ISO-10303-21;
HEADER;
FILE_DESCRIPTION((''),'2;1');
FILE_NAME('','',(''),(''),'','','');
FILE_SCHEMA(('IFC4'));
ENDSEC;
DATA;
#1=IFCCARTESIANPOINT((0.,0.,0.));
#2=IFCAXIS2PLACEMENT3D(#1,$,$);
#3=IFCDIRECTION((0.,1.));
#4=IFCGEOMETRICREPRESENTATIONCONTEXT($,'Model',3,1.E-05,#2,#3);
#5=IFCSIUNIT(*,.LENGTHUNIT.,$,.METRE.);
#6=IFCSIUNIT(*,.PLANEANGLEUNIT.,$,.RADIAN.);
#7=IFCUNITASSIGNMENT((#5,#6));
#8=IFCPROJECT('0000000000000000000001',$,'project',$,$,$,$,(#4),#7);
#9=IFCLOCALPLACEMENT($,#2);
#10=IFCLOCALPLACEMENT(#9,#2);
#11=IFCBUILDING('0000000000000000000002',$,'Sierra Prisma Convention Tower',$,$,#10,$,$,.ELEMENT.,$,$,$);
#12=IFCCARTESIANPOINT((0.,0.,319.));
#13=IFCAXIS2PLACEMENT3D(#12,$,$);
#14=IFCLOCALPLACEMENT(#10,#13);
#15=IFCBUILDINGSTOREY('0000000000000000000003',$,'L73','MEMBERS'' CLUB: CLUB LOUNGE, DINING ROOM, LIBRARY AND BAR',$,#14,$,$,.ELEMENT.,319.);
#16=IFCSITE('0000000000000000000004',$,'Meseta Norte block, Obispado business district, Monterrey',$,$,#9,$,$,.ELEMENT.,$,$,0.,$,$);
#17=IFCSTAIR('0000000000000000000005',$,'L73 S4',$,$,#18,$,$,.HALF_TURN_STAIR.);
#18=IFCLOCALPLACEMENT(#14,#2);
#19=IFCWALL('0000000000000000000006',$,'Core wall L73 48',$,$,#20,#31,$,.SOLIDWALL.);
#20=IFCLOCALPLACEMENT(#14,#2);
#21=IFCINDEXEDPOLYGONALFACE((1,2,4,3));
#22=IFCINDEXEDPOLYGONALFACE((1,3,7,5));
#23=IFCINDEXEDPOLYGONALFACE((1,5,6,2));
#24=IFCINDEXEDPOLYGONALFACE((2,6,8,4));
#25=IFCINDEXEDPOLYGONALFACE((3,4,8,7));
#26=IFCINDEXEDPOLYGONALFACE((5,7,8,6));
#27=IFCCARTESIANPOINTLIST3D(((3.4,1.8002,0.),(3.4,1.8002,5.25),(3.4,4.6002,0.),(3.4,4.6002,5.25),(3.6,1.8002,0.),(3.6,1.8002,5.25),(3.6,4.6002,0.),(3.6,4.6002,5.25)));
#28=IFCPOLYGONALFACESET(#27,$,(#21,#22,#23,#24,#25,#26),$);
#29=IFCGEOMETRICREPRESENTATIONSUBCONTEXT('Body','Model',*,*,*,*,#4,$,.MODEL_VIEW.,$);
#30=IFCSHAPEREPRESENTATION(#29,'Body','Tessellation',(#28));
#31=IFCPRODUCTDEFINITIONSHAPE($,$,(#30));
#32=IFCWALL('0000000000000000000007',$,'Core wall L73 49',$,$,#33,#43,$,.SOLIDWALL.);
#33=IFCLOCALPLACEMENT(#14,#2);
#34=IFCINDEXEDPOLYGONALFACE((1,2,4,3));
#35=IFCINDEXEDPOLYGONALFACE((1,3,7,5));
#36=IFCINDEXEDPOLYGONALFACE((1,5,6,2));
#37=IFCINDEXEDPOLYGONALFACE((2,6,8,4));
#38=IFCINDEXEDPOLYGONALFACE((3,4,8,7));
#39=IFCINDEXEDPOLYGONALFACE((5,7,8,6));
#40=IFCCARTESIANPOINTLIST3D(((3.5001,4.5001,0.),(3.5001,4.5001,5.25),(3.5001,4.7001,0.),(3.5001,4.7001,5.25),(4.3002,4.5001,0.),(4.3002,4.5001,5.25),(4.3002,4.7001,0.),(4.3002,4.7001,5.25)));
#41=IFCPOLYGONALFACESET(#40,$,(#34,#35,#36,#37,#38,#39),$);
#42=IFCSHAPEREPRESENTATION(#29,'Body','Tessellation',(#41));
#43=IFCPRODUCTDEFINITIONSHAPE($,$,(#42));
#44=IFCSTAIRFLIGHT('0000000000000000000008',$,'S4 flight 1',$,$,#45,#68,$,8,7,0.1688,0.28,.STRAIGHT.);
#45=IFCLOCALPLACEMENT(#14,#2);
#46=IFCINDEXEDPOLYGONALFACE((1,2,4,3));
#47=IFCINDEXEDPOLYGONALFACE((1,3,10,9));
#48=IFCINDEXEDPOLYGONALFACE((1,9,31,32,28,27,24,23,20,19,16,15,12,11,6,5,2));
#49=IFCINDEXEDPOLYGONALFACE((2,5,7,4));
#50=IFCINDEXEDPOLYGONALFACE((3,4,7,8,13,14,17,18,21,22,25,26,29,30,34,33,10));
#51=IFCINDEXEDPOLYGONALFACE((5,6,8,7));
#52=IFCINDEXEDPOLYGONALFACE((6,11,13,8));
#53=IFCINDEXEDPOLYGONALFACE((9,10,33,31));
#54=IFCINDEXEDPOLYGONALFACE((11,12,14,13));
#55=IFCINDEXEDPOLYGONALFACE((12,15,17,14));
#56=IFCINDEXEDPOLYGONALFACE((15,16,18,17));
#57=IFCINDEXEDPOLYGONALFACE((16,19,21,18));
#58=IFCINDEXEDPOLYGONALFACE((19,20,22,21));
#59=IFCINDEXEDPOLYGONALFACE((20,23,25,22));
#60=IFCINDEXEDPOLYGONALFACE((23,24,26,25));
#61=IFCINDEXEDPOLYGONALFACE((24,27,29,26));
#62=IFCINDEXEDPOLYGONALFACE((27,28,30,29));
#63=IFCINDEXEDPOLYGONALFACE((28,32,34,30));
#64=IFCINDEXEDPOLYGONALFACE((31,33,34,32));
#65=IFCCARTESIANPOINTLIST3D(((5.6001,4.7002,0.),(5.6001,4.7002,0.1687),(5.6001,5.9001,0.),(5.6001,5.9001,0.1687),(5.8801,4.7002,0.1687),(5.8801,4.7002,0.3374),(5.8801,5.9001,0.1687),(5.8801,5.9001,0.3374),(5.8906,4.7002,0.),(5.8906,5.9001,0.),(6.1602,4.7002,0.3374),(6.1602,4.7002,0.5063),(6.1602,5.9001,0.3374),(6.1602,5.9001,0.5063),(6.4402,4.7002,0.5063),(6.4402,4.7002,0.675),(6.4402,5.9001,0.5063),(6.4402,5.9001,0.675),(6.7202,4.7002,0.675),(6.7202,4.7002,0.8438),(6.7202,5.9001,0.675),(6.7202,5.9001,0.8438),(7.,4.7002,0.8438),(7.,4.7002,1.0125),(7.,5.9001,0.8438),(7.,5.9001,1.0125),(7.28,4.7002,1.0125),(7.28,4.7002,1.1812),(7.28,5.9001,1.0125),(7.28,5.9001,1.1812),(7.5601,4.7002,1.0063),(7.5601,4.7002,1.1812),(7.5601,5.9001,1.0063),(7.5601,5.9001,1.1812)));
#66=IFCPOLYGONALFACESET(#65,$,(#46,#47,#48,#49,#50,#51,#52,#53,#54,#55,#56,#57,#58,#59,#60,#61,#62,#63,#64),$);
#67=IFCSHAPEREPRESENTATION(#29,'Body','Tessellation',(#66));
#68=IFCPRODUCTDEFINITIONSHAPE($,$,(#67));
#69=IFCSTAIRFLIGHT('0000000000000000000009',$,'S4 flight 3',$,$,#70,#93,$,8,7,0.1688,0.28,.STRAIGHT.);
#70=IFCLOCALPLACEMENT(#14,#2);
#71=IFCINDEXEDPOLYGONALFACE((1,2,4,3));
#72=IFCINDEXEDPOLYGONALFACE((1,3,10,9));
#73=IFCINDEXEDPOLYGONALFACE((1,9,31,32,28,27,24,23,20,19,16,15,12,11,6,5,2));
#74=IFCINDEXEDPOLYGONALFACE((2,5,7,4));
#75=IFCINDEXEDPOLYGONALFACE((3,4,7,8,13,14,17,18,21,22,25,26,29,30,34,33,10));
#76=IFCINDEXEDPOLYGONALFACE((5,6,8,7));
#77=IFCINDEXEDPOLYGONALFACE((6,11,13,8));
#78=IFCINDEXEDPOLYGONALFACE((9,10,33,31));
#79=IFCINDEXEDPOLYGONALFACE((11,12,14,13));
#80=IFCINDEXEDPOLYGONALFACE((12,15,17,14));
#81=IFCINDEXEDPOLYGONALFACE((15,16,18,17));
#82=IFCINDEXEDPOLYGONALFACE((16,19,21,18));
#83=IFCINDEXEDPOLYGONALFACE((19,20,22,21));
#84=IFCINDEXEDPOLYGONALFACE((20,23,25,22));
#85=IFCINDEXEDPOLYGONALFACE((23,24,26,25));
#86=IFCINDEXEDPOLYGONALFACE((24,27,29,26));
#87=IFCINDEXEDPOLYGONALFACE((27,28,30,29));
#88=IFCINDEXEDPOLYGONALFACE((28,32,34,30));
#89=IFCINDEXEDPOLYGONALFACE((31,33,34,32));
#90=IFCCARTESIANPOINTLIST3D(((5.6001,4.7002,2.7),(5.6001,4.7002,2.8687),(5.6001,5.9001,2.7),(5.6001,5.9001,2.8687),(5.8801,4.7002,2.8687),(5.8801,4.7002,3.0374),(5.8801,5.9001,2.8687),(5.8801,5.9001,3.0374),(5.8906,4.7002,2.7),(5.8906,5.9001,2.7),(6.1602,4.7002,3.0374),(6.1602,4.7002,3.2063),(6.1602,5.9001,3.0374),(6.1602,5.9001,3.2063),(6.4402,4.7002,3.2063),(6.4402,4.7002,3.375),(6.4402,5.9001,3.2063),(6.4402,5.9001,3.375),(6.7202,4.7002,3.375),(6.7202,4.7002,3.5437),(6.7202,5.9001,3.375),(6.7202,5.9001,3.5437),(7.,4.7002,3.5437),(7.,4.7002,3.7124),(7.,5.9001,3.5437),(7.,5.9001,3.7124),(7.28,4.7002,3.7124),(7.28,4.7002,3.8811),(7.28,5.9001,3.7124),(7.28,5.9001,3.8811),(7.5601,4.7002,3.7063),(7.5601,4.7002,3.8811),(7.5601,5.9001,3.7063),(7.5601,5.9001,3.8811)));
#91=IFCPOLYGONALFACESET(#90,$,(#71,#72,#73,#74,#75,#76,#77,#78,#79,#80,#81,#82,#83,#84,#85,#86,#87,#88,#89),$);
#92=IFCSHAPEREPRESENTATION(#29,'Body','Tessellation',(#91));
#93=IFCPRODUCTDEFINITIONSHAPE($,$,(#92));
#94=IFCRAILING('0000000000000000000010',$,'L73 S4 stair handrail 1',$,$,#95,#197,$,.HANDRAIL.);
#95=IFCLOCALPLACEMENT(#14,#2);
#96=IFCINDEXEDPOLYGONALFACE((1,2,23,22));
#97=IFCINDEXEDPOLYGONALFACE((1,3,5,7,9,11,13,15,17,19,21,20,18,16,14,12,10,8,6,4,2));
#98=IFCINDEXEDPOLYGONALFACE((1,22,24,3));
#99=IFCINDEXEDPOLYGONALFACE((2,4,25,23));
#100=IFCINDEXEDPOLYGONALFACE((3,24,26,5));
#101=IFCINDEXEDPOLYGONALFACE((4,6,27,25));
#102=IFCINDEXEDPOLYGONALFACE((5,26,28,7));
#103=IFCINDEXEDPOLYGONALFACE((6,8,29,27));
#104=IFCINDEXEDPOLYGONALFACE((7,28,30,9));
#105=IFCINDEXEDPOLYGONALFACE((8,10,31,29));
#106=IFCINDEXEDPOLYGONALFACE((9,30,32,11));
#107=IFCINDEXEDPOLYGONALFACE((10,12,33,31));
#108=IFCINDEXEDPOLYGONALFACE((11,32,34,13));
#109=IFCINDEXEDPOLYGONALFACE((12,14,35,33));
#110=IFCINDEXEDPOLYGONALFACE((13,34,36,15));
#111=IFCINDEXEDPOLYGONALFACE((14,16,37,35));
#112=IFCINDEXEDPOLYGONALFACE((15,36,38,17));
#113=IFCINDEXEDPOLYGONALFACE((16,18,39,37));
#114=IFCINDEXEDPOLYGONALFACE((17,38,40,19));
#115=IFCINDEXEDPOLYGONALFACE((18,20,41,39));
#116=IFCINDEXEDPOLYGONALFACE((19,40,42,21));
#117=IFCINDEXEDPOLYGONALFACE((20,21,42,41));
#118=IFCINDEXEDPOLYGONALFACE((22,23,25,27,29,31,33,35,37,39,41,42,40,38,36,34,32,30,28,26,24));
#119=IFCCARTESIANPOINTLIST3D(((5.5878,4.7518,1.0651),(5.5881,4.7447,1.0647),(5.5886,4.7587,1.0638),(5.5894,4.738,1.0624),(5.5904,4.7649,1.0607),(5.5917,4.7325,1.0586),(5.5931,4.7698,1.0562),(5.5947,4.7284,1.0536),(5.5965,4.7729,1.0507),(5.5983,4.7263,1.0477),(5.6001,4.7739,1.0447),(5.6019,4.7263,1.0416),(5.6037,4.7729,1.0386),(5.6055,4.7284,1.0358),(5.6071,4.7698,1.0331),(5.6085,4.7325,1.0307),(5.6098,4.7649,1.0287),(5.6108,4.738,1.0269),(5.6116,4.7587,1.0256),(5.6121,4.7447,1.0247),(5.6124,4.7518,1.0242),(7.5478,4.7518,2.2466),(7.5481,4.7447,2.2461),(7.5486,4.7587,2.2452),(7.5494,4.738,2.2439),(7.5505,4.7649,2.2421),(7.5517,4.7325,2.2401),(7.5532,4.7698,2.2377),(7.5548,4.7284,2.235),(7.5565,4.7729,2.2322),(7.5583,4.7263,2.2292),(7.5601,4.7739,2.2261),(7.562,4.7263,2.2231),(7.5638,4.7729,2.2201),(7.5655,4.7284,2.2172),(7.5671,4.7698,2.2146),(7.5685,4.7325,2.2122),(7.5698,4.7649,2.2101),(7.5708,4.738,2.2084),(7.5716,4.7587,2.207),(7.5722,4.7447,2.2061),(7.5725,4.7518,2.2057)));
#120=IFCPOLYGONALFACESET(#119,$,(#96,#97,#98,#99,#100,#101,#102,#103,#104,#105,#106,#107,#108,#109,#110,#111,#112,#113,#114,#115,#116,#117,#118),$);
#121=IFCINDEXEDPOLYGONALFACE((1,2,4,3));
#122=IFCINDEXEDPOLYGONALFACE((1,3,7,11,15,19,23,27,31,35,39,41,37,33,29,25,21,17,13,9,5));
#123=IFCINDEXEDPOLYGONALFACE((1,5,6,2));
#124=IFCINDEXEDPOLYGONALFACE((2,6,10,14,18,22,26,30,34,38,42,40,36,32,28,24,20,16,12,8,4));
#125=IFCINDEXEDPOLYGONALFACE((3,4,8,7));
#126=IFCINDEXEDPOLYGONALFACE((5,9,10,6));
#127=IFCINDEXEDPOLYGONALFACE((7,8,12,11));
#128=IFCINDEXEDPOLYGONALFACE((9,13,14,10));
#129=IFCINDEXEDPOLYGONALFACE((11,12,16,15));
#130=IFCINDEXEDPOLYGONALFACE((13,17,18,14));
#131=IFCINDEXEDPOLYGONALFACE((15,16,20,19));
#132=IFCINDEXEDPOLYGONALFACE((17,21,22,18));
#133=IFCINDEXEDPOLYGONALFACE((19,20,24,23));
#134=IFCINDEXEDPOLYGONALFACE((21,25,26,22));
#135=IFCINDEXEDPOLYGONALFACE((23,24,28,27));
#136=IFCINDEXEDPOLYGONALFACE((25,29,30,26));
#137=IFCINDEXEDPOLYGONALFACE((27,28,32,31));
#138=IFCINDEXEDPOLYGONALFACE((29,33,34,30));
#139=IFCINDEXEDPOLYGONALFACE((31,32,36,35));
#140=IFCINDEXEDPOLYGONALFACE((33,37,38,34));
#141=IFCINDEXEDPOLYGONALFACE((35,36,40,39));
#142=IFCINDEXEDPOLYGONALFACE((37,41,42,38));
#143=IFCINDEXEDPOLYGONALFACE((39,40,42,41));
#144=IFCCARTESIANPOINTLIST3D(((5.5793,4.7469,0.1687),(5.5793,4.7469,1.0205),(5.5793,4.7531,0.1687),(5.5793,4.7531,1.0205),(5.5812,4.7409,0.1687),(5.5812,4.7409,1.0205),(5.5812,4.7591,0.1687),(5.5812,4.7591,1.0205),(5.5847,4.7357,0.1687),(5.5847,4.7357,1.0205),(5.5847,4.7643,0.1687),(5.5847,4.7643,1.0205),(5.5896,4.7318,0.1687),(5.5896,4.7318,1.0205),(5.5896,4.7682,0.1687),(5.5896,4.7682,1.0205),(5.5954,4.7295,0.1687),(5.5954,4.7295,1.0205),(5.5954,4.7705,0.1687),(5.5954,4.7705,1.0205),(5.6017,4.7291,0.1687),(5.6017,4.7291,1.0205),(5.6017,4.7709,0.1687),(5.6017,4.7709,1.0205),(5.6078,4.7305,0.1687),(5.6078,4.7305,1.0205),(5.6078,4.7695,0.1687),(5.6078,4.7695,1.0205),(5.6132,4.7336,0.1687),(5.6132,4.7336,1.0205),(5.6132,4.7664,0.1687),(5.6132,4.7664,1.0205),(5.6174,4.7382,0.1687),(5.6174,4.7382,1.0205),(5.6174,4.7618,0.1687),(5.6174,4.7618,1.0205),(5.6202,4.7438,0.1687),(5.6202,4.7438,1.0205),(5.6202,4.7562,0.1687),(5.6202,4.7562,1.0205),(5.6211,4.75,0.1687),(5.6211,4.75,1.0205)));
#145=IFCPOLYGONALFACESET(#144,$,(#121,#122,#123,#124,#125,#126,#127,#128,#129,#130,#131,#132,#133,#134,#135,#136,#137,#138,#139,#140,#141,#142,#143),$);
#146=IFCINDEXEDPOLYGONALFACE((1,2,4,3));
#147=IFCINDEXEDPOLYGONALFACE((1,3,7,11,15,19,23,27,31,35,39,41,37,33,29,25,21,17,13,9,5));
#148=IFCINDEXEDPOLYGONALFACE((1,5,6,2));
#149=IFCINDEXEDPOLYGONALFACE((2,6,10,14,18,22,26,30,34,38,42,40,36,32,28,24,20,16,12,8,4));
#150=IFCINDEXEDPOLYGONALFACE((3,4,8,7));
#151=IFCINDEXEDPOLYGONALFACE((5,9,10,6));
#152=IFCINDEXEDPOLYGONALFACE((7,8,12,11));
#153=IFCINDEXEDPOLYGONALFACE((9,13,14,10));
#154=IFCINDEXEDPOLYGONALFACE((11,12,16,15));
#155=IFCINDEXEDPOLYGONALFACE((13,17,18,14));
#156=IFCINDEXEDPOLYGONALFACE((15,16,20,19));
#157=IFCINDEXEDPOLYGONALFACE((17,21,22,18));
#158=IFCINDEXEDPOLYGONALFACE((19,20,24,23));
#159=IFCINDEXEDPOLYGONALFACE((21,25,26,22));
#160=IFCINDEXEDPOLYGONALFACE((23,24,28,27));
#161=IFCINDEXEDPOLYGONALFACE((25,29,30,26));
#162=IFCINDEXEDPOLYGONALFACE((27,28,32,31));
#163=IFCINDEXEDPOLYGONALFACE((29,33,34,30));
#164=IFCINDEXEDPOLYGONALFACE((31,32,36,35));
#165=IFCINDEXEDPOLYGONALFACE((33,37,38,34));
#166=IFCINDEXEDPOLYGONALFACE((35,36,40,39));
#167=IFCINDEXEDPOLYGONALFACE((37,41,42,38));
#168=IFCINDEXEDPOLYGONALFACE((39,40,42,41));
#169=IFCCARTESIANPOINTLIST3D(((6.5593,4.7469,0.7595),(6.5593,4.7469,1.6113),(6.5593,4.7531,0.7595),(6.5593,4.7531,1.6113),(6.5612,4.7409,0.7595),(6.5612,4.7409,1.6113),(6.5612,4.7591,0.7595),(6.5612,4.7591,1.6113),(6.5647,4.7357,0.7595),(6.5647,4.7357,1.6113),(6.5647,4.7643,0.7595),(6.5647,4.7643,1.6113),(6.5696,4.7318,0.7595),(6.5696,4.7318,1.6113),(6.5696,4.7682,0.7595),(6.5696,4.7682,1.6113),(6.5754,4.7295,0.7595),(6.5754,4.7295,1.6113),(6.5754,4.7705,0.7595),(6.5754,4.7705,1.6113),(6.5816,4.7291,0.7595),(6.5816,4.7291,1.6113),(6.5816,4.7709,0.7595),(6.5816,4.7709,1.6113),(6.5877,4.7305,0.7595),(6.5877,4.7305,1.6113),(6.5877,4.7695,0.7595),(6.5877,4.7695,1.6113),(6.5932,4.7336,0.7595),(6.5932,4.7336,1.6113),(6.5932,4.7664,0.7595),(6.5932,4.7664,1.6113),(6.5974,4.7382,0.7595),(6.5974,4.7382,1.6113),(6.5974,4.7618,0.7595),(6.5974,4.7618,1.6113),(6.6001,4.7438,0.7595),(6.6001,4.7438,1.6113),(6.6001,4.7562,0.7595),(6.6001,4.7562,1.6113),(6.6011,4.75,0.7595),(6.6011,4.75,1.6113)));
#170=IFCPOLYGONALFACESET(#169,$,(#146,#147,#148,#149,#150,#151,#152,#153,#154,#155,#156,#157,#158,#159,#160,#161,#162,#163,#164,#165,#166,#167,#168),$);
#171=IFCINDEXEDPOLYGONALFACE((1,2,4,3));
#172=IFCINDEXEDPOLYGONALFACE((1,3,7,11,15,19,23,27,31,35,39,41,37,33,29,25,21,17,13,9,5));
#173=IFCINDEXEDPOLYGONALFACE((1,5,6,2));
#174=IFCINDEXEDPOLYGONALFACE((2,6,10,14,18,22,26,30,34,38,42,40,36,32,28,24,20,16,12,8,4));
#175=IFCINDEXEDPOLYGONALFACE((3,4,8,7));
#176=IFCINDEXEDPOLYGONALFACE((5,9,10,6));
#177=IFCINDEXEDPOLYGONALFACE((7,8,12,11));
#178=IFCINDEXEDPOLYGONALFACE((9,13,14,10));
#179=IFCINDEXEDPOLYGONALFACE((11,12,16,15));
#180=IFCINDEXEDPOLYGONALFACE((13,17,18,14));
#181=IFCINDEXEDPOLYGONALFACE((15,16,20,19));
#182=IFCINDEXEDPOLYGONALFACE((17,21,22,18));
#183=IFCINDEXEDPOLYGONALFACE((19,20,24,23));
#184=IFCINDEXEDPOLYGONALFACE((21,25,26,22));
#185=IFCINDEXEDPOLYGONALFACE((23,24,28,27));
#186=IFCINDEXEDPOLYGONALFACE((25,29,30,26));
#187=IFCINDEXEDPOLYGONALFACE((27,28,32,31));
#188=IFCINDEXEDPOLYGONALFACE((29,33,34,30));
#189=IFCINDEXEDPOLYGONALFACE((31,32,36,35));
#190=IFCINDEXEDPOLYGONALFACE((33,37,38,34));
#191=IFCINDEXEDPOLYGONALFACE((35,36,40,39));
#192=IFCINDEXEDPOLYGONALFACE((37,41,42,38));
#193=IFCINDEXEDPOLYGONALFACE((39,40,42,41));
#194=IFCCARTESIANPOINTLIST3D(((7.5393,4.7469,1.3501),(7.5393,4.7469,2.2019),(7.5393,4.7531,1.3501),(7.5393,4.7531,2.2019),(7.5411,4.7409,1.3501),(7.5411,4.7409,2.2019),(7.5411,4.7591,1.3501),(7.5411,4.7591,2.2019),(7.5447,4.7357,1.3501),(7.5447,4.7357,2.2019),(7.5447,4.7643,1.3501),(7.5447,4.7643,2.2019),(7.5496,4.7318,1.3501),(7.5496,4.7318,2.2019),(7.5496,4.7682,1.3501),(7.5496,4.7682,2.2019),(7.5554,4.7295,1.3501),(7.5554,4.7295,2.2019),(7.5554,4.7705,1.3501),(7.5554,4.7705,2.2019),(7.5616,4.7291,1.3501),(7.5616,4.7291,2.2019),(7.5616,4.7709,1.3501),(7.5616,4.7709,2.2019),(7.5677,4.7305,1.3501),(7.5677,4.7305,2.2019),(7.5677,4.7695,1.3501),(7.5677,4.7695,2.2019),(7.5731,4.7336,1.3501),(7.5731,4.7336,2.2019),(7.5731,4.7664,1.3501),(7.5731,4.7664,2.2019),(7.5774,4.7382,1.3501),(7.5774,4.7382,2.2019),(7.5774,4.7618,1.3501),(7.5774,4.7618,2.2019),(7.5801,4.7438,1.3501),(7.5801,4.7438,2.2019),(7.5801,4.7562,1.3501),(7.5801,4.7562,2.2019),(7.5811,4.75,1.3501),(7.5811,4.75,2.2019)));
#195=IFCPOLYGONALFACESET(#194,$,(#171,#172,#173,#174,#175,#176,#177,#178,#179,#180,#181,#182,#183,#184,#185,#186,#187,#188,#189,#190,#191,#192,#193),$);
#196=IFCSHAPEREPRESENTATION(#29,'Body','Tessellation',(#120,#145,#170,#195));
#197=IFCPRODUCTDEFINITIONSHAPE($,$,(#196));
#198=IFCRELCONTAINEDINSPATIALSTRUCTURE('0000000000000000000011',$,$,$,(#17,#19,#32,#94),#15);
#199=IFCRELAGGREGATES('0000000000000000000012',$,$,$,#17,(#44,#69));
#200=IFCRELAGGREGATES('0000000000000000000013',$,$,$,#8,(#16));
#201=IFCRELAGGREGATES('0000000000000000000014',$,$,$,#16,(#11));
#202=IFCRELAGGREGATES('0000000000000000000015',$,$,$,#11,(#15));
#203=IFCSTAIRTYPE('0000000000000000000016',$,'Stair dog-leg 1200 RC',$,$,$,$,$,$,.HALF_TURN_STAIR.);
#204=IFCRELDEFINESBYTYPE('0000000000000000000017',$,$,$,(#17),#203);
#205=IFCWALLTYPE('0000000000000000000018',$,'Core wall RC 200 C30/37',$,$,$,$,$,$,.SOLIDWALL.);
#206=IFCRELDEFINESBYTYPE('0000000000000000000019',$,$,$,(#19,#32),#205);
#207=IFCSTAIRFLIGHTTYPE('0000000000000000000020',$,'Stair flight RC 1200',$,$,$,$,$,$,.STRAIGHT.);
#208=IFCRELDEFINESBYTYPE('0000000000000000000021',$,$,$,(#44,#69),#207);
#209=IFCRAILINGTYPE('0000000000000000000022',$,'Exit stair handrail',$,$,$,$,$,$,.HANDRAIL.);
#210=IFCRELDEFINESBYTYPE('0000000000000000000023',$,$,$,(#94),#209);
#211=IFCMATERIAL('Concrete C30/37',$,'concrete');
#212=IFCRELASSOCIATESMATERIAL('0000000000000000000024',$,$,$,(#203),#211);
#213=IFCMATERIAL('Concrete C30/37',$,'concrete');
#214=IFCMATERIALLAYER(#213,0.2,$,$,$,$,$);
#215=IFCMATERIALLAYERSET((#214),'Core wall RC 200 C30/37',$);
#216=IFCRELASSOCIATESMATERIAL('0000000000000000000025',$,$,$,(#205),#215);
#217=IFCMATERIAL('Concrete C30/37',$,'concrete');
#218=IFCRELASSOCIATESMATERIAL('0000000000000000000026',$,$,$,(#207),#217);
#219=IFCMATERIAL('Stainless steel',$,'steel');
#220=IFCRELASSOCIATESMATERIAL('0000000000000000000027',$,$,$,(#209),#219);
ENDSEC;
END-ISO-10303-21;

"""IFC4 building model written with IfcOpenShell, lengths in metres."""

from ifc_helpers import new_model, si_unit, direction, frame, frame_2d, origin, origin_2d, place, context, subcontext, project, spatial, polyline, rectangle, circle, outline, extrude, material, layer, layer_set, type_object, element, aggregate, save


model = new_model("IFC4")

# Units and contexts
model_context = context("Model", 3, precision=1e-05, world=origin(), true_north=direction((0.0, 1.0)))
body_context = subcontext(model_context, "Body", "Model", "MODEL_VIEW")
ifc_project = project(units=[si_unit("LENGTHUNIT", "METRE"), si_unit("PLANEANGLEUNIT", "RADIAN")], contexts=[model_context])

# Site, building, storey
site_placement = place(None, origin())
site = spatial("IfcSite", under=ifc_project, at=site_placement, Name="Meseta Norte block, Obispado business district, Monterrey", CompositionType="ELEMENT", RefElevation=0.0)
building_placement = place(site_placement, origin())
building = spatial("IfcBuilding", under=site, at=building_placement, Name="Sierra Prisma Convention Tower", CompositionType="ELEMENT")
storey_placement = place(building_placement, frame((0.0, 0.0, 319.0)))
storey = spatial("IfcBuildingStorey", under=building, at=storey_placement, Name="L73", Description="MEMBERS' CLUB: CLUB LOUNGE, DINING ROOM, LIBRARY AND BAR", CompositionType="ELEMENT", Elevation=319.0)

# Shared definitions
ifc_material_1 = material(Name="Concrete C30/37", Category="concrete")
stair_type = type_object("IfcStairType", Name="Stair dog-leg 1200 RC", PredefinedType="HALF_TURN_STAIR", material=ifc_material_1)

# Stair
stair_1_placement = place(storey_placement, origin())
stair_1 = element("IfcStair", 1, at=stair_1_placement, inside=storey, type_object=stair_type, Name="L73 S4", PredefinedType="HALF_TURN_STAIR")

# Shared definitions
ifc_material_2 = material(Name="Concrete C30/37", Category="concrete")
ifc_layer_1 = layer(ifc_material_2, 0.2)
ifc_layer_set_1 = layer_set([ifc_layer_1], Name="Core wall RC 200 C30/37")
wall_type = type_object("IfcWallType", Name="Core wall RC 200 C30/37", PredefinedType="SOLIDWALL", material=ifc_layer_set_1)

# Walls
wall_1_placement = place(storey_placement, frame((3.5, 4.6001, 0.0), z_axis=(0.0, 0.0, 1.0), x_axis=(0.0, -1.0, 0.0)))
element("IfcWall", 2, at=wall_1_placement, inside=storey, type_object=wall_type, Name="Core wall L73 48", PredefinedType="SOLIDWALL", context=body_context, shape_type="SweptSolid", body=[
    extrude(rectangle(XDim=2.8, YDim=0.2, at=frame_2d((1.3999, 0.0))), origin(), (0.0, 0.0, 1.0), 5.25),
])
wall_2_placement = place(storey_placement, frame((4.3, 4.6001, 0.0), z_axis=(0.0, 0.0, 1.0), x_axis=(-1.0, 0.0, 0.0)))
element("IfcWall", 3, at=wall_2_placement, inside=storey, type_object=wall_type, Name="Core wall L73 49", PredefinedType="SOLIDWALL", context=body_context, shape_type="SweptSolid", body=[
    extrude(rectangle(XDim=0.8, YDim=0.2, at=frame_2d((0.3999, 0.0))), origin(), (0.0, 0.0, 1.0), 5.25),
])

# Stair flights
ifc_material_3 = material(Name="Concrete C30/37", Category="concrete")
stair_flight_type = type_object("IfcStairFlightType", Name="Stair flight RC 1200", PredefinedType="STRAIGHT", material=ifc_material_3)
stair_flight_1_placement = place(storey_placement, frame((5.6001, 5.3, 0.0), z_axis=(0.0, 0.0, 1.0), x_axis=(1.0, 0.0, 0.0)))
stair_flight_1 = element("IfcStairFlight", 4, at=stair_flight_1_placement, type_object=stair_flight_type, Name="S4 flight 1", NumberOfRisers=8, NumberOfTreads=7, PredefinedType="STRAIGHT", RiserHeight=0.1688, TreadLength=0.28, context=body_context, shape_type="SweptSolid", body=[
    extrude(outline(polyline([(0.0, 0.0), (0.0, 0.1687), (0.28, 0.1687), (0.28, 0.3374), (0.5601, 0.3374), (0.5601, 0.5063), (0.8401, 0.5063), (0.8401, 0.675), (1.1201, 0.675), (1.1201, 0.8438), (1.3999, 0.8438), (1.3999, 1.0125), (1.6799, 1.0125), (1.6799, 1.1812), (1.96, 1.1812), (1.96, 1.3501), (1.96, 1.0063), (0.2905, 0.0), (0.0, 0.0)])), frame((0.0, 0.6001, 0.0), z_axis=(0.0, -1.0, 0.0), x_axis=(1.0, 0.0, 0.0)), (0.0, 0.0, 1.0), 1.2),
])
stair_flight_2_placement = place(storey_placement, frame((5.6001, 5.3, 2.7), z_axis=(0.0, 0.0, 1.0), x_axis=(1.0, 0.0, 0.0)))
stair_flight_2 = element("IfcStairFlight", 5, at=stair_flight_2_placement, type_object=stair_flight_type, Name="S4 flight 3", NumberOfRisers=8, NumberOfTreads=7, PredefinedType="STRAIGHT", RiserHeight=0.1688, TreadLength=0.28, context=body_context, shape_type="SweptSolid", body=[
    extrude(outline(polyline([(0.0, 0.0), (0.0, 0.1687), (0.28, 0.1687), (0.28, 0.3374), (0.5601, 0.3374), (0.5601, 0.5063), (0.8401, 0.5063), (0.8401, 0.675), (1.1201, 0.675), (1.1201, 0.8438), (1.3999, 0.8438), (1.3999, 1.0125), (1.6799, 1.0125), (1.6799, 1.1812), (1.96, 1.1812), (1.96, 1.3501), (1.96, 1.0063), (0.2905, 0.0), (0.0, 0.0)])), frame((0.0, 0.6001, 0.0), z_axis=(0.0, -1.0, 0.0), x_axis=(1.0, 0.0, 0.0)), (0.0, 0.0, 1.0), 1.2),
])
aggregate(stair_1, [stair_flight_1, stair_flight_2])

# Railing
ifc_material_4 = material(Name="Stainless steel", Category="steel")
railing_type_1 = type_object("IfcRailingType", Name="Exit stair handrail", PredefinedType="HANDRAIL", material=ifc_material_4)
for number, where, name in (
    (6, (5.6001, 4.75, 0.1687), "L73 S4 stair handrail 1"),
):
    element("IfcRailing", number, at=place(storey_placement, frame(where)), inside=storey, type_object=railing_type_1, Name=name, PredefinedType="HANDRAIL", context=body_context, shape_type="SweptSolid", body=[
        extrude(circle(Radius=0.0239, at=origin_2d()), frame((0.0, 0.0, 0.876), z_axis=(0.856446, 0.0, 0.516236), x_axis=(0.0, 1.0, 0.0)), (0.0, 0.0, 1.0), 2.2886),
        extrude(circle(Radius=0.021, at=origin_2d()), origin(), (0.0, 0.0, 1.0), 0.8518),
        extrude(circle(Radius=0.021, at=origin_2d()), frame((0.98, 0.0, 0.5908)), (0.0, 0.0, 1.0), 0.8518),
        extrude(circle(Radius=0.021, at=origin_2d()), frame((1.96, 0.0, 1.1814)), (0.0, 0.0, 1.0), 0.8518),
    ])

save(model, "model.ifc")
